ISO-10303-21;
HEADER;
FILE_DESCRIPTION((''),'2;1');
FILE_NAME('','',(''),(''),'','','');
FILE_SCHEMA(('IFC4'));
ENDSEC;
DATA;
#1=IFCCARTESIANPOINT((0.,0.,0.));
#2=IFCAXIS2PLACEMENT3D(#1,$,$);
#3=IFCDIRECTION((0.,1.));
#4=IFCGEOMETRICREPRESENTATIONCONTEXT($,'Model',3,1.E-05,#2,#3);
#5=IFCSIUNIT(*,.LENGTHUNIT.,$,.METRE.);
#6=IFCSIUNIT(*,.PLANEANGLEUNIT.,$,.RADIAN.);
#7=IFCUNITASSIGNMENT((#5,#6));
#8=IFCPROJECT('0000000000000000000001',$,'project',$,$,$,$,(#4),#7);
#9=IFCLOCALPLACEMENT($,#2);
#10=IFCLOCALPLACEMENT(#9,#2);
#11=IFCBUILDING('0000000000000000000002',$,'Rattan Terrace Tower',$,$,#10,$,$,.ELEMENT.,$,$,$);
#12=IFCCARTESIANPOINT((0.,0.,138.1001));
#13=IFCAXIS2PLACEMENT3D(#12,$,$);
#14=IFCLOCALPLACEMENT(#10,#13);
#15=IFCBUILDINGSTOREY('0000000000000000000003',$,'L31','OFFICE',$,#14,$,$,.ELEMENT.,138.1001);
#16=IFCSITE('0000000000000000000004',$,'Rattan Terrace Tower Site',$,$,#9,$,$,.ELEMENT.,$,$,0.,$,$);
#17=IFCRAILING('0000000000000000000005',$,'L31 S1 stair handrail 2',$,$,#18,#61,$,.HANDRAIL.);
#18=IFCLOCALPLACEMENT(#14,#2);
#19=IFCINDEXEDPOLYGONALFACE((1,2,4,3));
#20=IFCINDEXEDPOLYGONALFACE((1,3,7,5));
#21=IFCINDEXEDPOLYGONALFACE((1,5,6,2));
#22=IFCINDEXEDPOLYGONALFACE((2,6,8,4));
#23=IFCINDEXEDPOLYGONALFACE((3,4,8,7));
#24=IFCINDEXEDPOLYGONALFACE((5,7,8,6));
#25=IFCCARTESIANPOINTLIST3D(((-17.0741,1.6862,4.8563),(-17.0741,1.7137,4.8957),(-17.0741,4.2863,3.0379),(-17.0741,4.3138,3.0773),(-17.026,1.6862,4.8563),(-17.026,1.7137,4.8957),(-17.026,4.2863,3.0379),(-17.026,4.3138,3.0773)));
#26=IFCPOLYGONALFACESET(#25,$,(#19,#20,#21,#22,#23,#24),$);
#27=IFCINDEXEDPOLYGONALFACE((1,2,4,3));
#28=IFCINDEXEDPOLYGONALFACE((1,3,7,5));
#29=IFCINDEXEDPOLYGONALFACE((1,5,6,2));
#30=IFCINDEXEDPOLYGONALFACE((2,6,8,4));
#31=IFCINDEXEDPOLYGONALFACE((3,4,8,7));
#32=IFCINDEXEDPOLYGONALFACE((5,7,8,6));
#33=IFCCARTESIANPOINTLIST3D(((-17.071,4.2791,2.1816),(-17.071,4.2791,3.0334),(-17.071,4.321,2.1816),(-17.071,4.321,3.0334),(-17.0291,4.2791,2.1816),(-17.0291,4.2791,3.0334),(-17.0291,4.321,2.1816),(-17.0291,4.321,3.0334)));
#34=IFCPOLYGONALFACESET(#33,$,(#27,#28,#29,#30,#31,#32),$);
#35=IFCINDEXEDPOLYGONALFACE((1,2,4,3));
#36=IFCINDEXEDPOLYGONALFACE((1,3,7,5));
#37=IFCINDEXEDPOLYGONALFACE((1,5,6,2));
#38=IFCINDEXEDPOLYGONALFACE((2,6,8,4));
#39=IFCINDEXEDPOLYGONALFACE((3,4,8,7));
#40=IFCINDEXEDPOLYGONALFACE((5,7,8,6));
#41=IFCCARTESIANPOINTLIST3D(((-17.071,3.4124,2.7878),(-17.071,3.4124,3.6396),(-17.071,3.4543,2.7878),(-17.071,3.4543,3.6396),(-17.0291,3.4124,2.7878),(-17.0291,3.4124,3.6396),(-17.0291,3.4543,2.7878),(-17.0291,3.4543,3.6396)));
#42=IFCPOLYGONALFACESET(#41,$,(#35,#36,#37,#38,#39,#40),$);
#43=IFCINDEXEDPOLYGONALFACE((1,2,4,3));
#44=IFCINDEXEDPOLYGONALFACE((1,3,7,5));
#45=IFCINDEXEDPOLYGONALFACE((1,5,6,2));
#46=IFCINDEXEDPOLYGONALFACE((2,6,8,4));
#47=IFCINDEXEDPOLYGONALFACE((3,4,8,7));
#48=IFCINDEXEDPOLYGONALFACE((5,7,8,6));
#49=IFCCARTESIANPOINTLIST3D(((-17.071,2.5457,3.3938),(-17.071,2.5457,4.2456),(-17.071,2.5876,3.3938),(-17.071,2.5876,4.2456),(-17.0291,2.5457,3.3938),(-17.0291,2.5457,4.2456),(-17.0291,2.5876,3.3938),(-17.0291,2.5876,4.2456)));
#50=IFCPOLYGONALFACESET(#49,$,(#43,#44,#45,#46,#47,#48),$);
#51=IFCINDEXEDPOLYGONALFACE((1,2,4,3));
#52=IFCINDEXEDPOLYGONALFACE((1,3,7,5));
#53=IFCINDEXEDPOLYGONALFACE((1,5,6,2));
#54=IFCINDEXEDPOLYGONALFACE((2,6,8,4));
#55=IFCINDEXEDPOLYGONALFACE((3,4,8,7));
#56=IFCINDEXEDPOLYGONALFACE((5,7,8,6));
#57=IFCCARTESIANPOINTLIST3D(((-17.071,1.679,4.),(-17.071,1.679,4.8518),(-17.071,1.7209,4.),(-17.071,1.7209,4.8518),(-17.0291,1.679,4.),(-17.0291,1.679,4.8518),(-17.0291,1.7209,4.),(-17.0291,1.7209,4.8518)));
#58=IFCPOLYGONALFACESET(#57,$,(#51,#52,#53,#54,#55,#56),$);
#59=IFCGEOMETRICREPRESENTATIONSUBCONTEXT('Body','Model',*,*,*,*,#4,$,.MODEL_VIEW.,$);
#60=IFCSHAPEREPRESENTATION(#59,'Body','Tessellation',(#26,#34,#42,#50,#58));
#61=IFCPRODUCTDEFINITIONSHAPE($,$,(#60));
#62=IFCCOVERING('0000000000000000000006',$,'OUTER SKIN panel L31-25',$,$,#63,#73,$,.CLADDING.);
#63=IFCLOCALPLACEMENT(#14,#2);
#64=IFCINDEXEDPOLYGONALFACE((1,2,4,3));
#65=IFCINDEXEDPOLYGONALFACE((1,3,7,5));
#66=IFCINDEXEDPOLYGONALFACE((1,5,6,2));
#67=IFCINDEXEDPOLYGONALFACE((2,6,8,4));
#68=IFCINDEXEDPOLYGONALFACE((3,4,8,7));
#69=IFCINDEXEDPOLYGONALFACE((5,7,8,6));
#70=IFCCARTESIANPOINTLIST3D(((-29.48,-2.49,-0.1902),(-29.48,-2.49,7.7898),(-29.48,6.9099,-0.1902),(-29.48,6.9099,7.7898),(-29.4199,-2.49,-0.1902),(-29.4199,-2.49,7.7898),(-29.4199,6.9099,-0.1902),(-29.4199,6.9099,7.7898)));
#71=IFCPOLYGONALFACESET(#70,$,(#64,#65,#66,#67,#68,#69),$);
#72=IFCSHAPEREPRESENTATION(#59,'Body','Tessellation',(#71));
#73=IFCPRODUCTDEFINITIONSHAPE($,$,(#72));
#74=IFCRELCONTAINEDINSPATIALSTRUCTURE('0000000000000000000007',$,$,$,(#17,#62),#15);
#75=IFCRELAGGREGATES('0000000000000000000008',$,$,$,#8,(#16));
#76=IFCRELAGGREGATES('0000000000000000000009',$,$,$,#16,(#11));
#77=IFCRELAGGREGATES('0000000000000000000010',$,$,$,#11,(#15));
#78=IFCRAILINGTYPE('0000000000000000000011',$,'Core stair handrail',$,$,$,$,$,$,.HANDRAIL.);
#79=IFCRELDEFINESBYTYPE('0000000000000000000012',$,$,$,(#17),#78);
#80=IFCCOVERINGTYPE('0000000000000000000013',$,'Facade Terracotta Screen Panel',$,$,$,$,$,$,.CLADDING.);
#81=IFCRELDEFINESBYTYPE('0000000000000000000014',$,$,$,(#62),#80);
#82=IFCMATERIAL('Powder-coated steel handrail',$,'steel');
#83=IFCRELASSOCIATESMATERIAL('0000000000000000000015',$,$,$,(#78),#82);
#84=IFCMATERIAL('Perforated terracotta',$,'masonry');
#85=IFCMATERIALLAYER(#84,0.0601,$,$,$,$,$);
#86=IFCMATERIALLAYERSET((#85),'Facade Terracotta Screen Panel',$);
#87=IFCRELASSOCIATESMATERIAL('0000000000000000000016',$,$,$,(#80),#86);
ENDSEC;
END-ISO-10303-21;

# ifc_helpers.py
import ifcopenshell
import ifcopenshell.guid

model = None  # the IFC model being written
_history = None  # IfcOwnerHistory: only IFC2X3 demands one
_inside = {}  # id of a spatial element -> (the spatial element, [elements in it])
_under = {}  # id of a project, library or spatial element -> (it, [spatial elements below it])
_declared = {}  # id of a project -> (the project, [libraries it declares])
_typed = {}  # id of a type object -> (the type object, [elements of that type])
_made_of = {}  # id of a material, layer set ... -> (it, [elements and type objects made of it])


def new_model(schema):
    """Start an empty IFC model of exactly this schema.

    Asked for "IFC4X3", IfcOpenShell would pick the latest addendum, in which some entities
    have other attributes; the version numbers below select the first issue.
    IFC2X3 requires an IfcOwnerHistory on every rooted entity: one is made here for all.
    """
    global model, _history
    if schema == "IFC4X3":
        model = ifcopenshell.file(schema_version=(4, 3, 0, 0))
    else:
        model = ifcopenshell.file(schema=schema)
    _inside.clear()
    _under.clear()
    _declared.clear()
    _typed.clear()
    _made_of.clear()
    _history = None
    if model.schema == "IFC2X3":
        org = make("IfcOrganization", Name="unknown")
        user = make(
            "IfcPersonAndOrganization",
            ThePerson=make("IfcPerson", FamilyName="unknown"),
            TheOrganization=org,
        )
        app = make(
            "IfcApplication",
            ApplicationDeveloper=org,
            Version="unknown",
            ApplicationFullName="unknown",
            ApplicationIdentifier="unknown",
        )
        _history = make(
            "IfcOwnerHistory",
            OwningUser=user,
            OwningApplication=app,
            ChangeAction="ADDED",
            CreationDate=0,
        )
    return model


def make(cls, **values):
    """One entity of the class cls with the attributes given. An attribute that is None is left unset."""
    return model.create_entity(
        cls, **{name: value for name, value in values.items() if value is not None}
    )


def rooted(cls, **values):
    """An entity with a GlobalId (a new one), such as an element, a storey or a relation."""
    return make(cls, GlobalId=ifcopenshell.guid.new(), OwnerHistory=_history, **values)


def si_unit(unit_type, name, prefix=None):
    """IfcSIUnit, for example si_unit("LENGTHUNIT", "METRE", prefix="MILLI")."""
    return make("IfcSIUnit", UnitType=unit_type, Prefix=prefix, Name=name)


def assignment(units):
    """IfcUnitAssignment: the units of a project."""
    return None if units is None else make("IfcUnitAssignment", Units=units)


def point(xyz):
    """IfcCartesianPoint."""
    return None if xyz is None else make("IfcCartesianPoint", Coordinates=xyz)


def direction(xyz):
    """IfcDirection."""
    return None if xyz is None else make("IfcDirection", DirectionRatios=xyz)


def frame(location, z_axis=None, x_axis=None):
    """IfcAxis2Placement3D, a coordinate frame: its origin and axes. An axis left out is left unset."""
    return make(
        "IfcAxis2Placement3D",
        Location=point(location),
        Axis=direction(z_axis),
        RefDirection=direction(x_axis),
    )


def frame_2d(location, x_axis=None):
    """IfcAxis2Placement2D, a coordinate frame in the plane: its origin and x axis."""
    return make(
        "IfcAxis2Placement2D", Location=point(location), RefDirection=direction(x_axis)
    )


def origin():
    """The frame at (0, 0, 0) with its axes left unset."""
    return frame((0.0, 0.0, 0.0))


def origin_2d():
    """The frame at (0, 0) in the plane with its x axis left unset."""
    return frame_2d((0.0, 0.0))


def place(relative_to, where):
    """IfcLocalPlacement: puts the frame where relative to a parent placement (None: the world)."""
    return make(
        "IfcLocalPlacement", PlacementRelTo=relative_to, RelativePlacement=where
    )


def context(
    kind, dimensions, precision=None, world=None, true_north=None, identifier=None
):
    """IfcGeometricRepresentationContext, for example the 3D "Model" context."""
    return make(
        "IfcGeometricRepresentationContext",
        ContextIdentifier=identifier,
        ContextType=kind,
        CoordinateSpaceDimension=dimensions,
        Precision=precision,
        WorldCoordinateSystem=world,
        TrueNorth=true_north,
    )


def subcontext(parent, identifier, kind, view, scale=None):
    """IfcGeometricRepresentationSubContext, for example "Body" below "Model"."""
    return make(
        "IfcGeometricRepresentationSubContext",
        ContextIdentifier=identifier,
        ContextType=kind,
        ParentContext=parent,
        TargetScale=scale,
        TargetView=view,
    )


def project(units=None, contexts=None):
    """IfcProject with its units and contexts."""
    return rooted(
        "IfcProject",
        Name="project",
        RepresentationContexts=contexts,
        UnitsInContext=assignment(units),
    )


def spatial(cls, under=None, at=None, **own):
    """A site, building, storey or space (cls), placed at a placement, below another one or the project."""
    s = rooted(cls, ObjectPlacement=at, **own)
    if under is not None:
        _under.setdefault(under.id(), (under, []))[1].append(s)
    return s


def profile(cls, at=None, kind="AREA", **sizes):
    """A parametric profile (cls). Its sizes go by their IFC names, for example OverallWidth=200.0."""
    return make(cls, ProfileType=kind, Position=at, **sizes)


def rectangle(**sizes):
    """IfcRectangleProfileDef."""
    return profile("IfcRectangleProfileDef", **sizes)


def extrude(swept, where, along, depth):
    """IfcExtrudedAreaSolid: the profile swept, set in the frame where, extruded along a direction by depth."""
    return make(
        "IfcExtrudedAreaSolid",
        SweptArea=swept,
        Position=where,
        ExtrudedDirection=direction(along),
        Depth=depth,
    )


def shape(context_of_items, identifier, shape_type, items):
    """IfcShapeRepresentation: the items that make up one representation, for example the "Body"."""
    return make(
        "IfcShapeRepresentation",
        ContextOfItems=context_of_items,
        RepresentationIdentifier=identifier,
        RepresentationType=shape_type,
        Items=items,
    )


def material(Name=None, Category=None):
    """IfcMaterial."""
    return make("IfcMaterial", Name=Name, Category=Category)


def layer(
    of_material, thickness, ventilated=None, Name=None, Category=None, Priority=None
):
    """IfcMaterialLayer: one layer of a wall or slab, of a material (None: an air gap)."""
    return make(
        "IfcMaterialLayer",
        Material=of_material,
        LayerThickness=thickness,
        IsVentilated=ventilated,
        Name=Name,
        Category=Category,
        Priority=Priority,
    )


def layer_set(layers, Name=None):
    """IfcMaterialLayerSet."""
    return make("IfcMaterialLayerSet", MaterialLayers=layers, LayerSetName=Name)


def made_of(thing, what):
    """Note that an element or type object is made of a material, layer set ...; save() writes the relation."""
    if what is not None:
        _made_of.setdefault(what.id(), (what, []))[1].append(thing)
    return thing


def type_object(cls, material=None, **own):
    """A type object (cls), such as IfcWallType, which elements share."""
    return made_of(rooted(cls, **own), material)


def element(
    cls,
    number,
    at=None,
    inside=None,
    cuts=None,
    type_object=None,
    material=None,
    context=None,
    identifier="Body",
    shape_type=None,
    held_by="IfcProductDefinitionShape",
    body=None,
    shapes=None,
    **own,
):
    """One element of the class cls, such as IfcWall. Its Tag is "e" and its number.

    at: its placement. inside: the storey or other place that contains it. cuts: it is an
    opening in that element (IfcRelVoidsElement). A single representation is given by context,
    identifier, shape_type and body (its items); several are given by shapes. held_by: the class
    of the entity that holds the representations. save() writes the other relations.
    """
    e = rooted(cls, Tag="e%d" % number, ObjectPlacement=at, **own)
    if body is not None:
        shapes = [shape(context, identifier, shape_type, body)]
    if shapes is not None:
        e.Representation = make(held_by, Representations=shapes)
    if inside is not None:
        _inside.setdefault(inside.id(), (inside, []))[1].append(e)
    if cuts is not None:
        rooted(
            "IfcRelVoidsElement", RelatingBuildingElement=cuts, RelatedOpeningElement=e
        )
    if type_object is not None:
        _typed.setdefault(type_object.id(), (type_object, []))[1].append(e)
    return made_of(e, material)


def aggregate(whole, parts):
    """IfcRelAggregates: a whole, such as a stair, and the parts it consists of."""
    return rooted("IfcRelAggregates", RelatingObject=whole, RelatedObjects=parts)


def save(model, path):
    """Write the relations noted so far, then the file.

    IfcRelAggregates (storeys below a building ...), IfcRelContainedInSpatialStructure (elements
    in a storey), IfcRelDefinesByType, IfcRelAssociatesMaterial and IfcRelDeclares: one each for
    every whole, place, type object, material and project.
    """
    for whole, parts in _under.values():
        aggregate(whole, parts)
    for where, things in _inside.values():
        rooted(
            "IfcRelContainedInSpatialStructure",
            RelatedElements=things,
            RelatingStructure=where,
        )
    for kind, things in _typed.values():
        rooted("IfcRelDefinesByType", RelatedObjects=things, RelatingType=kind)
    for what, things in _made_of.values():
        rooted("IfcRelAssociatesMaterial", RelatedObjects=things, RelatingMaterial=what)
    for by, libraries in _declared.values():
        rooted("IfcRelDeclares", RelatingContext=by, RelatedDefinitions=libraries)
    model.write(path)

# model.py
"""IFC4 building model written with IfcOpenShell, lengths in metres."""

from ifc_helpers import new_model, si_unit, direction, frame, origin, origin_2d, place, context, subcontext, project, spatial, rectangle, extrude, material, layer, layer_set, type_object, element, save


model = new_model("IFC4")

# Units and contexts
model_context = context("Model", 3, precision=1e-05, world=origin(), true_north=direction((0.0, 1.0)))
body_context = subcontext(model_context, "Body", "Model", "MODEL_VIEW")
ifc_project = project(units=[si_unit("LENGTHUNIT", "METRE"), si_unit("PLANEANGLEUNIT", "RADIAN")], contexts=[model_context])

# Site, building, storey
site_placement = place(None, origin())
site = spatial("IfcSite", under=ifc_project, at=site_placement, Name="Rattan Terrace Tower Site", CompositionType="ELEMENT", RefElevation=0.0)
building_placement = place(site_placement, origin())
building = spatial("IfcBuilding", under=site, at=building_placement, Name="Rattan Terrace Tower", CompositionType="ELEMENT")
storey_placement = place(building_placement, frame((0.0, 0.0, 138.1001)))
storey = spatial("IfcBuildingStorey", under=building, at=storey_placement, Name="L31", Description="OFFICE", CompositionType="ELEMENT", Elevation=138.1001)

# Railing
ifc_material_1 = material(Name="Powder-coated steel handrail", Category="steel")
railing_type_1 = type_object("IfcRailingType", Name="Core stair handrail", PredefinedType="HANDRAIL", material=ifc_material_1)
railing_1_placement = place(storey_placement, frame((-17.05, 4.3, 2.1816)))
element("IfcRailing", 1, at=railing_1_placement, inside=storey, type_object=railing_type_1, Name="L31 S1 stair handrail 2", PredefinedType="HANDRAIL", context=body_context, shape_type="SweptSolid", body=[
    extrude(rectangle(XDim=0.0481, YDim=0.0481, at=origin_2d()), frame((0.0, 0.0, 0.876), z_axis=(0.0, -0.819485, 0.573101), x_axis=(1.0, 0.0, 0.0)), (0.0, 0.0, 1.0), 3.1729),
    extrude(rectangle(XDim=0.042, YDim=0.042, at=origin_2d()), origin(), (0.0, 0.0, 1.0), 0.8518),
    extrude(rectangle(XDim=0.042, YDim=0.042, at=origin_2d()), frame((0.0, -0.8667, 0.6062)), (0.0, 0.0, 1.0), 0.8518),
    extrude(rectangle(XDim=0.042, YDim=0.042, at=origin_2d()), frame((0.0, -1.7334, 1.2122)), (0.0, 0.0, 1.0), 0.8518),
    extrude(rectangle(XDim=0.042, YDim=0.042, at=origin_2d()), frame((0.0, -2.6001, 1.8184)), (0.0, 0.0, 1.0), 0.8518),
])

# Covering
ifc_material_2 = material(Name="Perforated terracotta", Category="masonry")
ifc_layer_1 = layer(ifc_material_2, 0.0601)
ifc_layer_set_1 = layer_set([ifc_layer_1], Name="Facade Terracotta Screen Panel")
covering_type = type_object("IfcCoveringType", Name="Facade Terracotta Screen Panel", PredefinedType="CLADDING", material=ifc_layer_set_1)
covering_placement = place(storey_placement, frame((-29.45, 2.21, -0.1902), z_axis=(0.0, 0.0, 1.0), x_axis=(0.0, -1.0, 0.0)))
element("IfcCovering", 2, at=covering_placement, inside=storey, type_object=covering_type, Name="OUTER SKIN panel L31-25", PredefinedType="CLADDING", context=body_context, shape_type="SweptSolid", body=[
    extrude(rectangle(XDim=9.3999, YDim=0.0601, at=origin_2d()), origin(), (0.0, 0.0, 1.0), 7.98),
])

save(model, "model.ifc")
